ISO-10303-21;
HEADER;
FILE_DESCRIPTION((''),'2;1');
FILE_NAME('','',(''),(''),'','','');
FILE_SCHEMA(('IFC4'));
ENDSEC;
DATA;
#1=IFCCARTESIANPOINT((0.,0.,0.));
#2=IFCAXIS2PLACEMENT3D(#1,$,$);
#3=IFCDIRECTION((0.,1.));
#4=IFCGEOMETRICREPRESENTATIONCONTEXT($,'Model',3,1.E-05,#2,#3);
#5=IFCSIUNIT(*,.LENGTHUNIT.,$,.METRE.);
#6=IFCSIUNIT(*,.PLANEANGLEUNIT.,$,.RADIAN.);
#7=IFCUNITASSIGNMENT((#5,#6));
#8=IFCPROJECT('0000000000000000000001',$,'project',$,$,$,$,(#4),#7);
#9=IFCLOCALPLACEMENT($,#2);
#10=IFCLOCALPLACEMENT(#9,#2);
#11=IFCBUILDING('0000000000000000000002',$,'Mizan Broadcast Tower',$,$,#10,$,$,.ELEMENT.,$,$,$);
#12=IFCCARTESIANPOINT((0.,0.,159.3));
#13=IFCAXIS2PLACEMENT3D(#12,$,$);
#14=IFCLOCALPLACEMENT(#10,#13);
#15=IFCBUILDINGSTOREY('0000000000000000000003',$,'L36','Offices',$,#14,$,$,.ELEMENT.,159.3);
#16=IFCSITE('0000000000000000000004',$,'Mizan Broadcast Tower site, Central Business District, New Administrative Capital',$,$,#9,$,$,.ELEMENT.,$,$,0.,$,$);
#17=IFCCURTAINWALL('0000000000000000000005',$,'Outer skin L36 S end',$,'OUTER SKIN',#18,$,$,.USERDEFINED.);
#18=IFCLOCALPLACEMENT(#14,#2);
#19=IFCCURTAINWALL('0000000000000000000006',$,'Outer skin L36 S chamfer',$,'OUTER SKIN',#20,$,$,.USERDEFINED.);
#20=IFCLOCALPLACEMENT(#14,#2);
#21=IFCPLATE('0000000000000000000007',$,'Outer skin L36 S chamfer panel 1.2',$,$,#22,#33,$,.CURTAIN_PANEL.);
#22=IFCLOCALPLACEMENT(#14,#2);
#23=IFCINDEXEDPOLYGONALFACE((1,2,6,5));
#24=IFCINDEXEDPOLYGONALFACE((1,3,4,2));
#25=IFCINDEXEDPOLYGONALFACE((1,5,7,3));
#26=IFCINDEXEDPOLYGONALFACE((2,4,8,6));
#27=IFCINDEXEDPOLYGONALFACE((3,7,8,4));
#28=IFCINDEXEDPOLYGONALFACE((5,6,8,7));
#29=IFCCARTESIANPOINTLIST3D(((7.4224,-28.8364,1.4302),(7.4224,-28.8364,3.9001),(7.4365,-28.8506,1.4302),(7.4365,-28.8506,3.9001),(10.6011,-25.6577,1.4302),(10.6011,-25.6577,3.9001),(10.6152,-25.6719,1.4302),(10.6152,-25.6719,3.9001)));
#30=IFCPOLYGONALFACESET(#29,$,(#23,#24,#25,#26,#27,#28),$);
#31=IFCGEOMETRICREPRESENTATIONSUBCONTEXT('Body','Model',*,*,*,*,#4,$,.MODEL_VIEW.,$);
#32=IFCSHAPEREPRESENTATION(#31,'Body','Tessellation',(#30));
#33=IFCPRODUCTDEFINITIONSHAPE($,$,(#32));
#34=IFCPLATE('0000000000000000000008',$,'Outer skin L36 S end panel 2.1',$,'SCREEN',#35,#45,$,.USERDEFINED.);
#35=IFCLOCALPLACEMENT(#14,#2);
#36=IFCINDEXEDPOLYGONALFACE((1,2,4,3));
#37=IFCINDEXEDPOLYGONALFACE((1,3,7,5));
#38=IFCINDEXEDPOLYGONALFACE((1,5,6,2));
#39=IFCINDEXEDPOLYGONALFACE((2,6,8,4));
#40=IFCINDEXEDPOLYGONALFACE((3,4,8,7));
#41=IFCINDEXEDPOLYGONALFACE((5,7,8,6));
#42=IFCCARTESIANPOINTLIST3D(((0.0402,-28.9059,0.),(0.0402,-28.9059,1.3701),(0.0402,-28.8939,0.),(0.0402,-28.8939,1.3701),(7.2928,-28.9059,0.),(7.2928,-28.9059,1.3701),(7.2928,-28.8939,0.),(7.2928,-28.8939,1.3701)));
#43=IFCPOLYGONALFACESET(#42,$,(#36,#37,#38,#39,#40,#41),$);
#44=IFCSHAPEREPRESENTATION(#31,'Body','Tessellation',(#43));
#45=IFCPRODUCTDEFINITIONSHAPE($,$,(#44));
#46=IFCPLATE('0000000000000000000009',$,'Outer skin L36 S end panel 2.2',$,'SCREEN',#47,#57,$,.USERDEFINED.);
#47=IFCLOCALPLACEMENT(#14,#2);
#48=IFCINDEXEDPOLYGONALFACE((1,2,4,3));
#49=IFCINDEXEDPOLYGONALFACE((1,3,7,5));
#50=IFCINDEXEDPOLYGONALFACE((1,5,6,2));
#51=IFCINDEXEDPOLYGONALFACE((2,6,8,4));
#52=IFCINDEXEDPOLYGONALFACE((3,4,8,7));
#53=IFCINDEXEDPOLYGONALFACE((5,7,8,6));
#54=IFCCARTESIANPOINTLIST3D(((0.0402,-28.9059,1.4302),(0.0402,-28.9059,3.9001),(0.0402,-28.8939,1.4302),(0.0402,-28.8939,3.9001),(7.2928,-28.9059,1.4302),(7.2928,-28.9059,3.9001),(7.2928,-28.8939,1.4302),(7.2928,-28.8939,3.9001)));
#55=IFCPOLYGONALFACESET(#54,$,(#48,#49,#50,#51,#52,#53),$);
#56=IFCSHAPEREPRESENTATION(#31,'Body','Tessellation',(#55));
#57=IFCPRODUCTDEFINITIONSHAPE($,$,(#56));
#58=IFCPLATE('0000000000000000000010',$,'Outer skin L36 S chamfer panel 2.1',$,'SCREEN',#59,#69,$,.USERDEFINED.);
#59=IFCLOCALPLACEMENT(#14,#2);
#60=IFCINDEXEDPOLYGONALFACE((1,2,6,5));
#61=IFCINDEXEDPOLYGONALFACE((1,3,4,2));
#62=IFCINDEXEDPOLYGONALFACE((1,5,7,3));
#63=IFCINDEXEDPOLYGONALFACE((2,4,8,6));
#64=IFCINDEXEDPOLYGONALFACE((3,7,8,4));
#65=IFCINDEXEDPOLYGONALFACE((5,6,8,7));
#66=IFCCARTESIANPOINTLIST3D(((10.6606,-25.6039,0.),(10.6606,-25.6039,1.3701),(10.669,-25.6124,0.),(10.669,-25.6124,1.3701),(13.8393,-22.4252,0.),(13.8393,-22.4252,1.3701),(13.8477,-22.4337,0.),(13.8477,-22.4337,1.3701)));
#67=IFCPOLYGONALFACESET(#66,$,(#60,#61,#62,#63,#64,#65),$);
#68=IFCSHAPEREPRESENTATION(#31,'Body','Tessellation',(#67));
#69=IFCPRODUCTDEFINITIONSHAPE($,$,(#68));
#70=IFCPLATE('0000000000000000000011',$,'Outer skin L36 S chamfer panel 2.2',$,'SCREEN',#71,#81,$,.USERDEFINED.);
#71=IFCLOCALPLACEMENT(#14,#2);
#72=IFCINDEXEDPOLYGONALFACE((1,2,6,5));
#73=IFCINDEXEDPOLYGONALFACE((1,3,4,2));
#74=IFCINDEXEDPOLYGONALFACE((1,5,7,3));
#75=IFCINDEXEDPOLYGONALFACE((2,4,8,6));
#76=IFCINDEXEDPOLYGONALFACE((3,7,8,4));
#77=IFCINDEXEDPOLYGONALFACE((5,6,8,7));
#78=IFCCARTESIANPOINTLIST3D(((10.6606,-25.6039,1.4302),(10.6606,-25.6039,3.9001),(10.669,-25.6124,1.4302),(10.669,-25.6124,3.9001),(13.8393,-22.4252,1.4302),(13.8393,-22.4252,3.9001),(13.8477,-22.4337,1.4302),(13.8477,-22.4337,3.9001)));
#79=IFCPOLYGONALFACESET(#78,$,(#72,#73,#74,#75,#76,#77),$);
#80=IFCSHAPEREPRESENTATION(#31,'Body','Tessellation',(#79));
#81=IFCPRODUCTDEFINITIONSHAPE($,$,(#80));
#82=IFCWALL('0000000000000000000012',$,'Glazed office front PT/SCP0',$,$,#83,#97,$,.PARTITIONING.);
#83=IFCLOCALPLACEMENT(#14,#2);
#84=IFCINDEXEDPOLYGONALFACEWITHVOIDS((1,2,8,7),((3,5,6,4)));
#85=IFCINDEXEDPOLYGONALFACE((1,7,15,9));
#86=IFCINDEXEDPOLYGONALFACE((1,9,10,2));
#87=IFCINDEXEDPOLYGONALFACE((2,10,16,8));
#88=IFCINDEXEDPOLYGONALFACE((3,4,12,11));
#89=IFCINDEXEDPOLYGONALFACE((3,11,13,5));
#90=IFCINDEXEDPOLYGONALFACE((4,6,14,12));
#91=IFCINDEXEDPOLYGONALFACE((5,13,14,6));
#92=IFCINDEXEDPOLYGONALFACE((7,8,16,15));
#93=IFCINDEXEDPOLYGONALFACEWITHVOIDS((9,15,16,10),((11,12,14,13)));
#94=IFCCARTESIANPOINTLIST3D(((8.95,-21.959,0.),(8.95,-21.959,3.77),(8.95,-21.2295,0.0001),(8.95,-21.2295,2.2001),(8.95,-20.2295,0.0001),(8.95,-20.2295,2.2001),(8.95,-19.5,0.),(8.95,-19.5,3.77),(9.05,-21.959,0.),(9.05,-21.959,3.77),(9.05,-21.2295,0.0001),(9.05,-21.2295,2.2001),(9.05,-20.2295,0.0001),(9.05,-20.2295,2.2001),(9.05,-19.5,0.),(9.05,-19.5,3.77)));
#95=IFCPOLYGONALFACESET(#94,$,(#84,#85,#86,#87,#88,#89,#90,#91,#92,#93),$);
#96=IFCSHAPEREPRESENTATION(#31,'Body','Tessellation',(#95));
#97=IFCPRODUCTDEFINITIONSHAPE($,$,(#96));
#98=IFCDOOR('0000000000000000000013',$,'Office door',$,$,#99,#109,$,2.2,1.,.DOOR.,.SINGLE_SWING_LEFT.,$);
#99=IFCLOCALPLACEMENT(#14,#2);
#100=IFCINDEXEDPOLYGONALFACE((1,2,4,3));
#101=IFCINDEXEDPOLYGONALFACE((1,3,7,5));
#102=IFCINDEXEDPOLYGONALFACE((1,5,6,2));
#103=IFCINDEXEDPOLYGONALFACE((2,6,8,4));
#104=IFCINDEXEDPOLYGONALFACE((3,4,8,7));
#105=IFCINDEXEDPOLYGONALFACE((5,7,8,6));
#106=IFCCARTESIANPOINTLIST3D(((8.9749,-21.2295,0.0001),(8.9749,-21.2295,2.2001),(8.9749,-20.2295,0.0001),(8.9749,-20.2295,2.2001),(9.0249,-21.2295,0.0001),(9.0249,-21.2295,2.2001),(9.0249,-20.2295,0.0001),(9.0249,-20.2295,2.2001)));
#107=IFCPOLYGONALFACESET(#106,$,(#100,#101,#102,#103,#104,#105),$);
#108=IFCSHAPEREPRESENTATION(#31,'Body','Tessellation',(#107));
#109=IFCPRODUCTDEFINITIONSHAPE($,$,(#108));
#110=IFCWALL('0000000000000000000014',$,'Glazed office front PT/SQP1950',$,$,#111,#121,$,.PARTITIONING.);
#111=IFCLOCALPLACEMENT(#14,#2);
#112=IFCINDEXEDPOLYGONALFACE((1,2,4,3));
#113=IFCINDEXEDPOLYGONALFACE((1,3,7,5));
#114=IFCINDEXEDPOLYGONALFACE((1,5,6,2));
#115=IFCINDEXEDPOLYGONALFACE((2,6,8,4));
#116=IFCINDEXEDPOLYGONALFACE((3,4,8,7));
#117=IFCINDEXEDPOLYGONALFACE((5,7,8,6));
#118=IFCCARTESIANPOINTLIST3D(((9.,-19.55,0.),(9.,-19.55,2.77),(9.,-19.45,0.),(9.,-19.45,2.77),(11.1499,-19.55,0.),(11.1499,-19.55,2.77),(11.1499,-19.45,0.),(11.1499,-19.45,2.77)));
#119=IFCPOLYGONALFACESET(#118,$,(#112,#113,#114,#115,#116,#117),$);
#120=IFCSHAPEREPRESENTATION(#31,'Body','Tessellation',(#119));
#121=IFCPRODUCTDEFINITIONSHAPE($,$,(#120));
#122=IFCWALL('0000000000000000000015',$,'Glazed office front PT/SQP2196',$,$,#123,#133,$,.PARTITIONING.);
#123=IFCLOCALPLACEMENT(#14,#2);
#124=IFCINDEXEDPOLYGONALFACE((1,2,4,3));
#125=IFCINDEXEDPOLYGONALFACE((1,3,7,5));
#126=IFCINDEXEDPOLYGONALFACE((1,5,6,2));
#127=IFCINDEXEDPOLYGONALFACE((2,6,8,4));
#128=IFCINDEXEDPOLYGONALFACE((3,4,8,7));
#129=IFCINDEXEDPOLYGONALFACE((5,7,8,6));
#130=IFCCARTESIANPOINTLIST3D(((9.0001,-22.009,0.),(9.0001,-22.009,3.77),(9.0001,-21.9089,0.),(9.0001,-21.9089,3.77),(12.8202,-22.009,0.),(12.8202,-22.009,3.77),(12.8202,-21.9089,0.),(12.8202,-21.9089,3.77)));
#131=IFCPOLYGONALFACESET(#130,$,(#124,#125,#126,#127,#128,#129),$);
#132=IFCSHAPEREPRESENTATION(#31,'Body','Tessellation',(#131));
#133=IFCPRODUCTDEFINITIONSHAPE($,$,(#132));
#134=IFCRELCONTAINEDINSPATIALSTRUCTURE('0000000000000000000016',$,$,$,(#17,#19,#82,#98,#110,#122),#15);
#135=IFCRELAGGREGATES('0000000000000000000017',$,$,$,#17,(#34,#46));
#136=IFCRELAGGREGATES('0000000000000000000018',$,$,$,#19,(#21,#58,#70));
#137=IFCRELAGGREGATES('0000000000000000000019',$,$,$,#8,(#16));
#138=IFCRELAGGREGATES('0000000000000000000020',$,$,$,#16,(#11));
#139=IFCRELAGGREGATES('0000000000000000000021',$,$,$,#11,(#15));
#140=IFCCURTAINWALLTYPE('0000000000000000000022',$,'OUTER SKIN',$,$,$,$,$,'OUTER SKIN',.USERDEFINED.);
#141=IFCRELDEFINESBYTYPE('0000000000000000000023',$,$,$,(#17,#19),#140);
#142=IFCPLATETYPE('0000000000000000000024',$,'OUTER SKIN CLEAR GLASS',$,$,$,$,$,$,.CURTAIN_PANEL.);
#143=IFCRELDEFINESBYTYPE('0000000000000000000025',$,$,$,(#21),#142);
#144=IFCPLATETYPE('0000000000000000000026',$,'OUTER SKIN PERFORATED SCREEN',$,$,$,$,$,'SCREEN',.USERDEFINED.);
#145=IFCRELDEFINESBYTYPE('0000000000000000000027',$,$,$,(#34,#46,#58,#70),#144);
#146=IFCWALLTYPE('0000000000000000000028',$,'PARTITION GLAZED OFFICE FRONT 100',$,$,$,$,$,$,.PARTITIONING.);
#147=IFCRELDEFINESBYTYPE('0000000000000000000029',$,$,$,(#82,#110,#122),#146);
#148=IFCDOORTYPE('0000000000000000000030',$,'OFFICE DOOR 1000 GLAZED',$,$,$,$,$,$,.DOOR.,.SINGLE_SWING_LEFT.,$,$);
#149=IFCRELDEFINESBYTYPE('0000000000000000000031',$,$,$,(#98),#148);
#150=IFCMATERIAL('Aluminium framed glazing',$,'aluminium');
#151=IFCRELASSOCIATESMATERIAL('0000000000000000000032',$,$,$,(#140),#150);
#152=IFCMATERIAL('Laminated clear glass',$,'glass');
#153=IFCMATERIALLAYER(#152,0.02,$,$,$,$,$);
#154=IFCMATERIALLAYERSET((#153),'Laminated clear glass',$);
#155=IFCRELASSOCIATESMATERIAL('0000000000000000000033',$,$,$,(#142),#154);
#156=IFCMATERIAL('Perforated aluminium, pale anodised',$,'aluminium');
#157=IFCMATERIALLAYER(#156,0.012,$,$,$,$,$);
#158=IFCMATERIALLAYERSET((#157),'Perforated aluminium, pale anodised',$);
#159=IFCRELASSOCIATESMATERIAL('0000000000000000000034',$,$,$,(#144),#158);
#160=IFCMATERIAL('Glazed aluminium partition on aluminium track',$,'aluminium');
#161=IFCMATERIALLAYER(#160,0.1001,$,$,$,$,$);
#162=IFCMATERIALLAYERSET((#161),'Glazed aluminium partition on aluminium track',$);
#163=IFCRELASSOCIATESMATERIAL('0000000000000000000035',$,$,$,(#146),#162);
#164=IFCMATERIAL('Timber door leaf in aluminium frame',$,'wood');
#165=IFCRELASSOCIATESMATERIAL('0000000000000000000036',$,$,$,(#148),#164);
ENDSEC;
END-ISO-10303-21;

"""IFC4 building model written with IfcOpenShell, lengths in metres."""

from ifc_helpers import new_model, si_unit, direction, frame, frame_2d, origin, origin_2d, place, context, subcontext, project, spatial, rectangle, extrude, material, layer, layer_set, type_object, element, fill, aggregate, save


model = new_model("IFC4")

# Units and contexts
model_context = context("Model", 3, precision=1e-05, world=origin(), true_north=direction((0.0, 1.0)))
body_context = subcontext(model_context, "Body", "Model", "MODEL_VIEW")
ifc_project = project(units=[si_unit("LENGTHUNIT", "METRE"), si_unit("PLANEANGLEUNIT", "RADIAN")], contexts=[model_context])

# Site, building, storey
site_placement = place(None, origin())
site = spatial("IfcSite", under=ifc_project, at=site_placement, Name="Mizan Broadcast Tower site, Central Business District, New Administrative Capital", CompositionType="ELEMENT", RefElevation=0.0)
building_placement = place(site_placement, origin())
building = spatial("IfcBuilding", under=site, at=building_placement, Name="Mizan Broadcast Tower", CompositionType="ELEMENT")
storey_placement = place(building_placement, frame((0.0, 0.0, 159.3)))
storey = spatial("IfcBuildingStorey", under=building, at=storey_placement, Name="L36", Description="Offices", CompositionType="ELEMENT", Elevation=159.3)

# Curtain wall
ifc_material_1 = material(Name="Aluminium framed glazing", Category="aluminium")
curtain_wall_type_1 = type_object("IfcCurtainWallType", Name="OUTER SKIN", ElementType="OUTER SKIN", PredefinedType="USERDEFINED", material=ifc_material_1)
curtain_wall_1_placement = place(storey_placement, origin())
curtain_wall_1 = element("IfcCurtainWall", 1, at=curtain_wall_1_placement, inside=storey, type_object=curtain_wall_type_1, Name="Outer skin L36 S end", ObjectType="OUTER SKIN", PredefinedType="USERDEFINED")

# Curtain wall
curtain_wall_2_placement = place(storey_placement, origin())
curtain_wall_2 = element("IfcCurtainWall", 2, at=curtain_wall_2_placement, inside=storey, type_object=curtain_wall_type_1, Name="Outer skin L36 S chamfer", ObjectType="OUTER SKIN", PredefinedType="USERDEFINED")

# Plates
ifc_material_2 = material(Name="Laminated clear glass", Category="glass")
ifc_layer_1 = layer(ifc_material_2, 0.02)
ifc_layer_set_1 = layer_set([ifc_layer_1], Name="Laminated clear glass")
plate_type_1 = type_object("IfcPlateType", Name="OUTER SKIN CLEAR GLASS", PredefinedType="CURTAIN_PANEL", material=ifc_layer_set_1)
plate_1_placement = place(storey_placement, frame((9.0188, -27.2542, 1.4302), z_axis=(0.0, 0.0, 1.0), x_axis=(0.707107, 0.707107, 0.0)))
plate_1 = element("IfcPlate", 3, at=plate_1_placement, type_object=plate_type_1, Name="Outer skin L36 S chamfer panel 1.2", PredefinedType="CURTAIN_PANEL", context=body_context, shape_type="SweptSolid", body=[
    extrude(rectangle(XDim=4.4954, YDim=0.02, at=origin_2d()), origin(), (0.0, 0.0, 1.0), 2.47),
])
ifc_material_3 = material(Name="Perforated aluminium, pale anodised", Category="aluminium")
ifc_layer_2 = layer(ifc_material_3, 0.012)
ifc_layer_set_2 = layer_set([ifc_layer_2], Name="Perforated aluminium, pale anodised")
plate_type_2 = type_object("IfcPlateType", Name="OUTER SKIN PERFORATED SCREEN", ElementType="SCREEN", PredefinedType="USERDEFINED", material=ifc_layer_set_2)
plate_2_placement = place(storey_placement, frame((3.6665, -28.8999, 0.0), z_axis=(0.0, 0.0, 1.0), x_axis=(1.0, 0.0, 0.0)))
plate_2 = element("IfcPlate", 4, at=plate_2_placement, type_object=plate_type_2, Name="Outer skin L36 S end panel 2.1", ObjectType="SCREEN", PredefinedType="USERDEFINED", context=body_context, shape_type="SweptSolid", body=[
    extrude(rectangle(XDim=7.2527, YDim=0.012, at=origin_2d()), origin(), (0.0, 0.0, 1.0), 1.3701),
])
plate_3_placement = place(storey_placement, frame((3.6665, -28.8999, 1.4302), z_axis=(0.0, 0.0, 1.0), x_axis=(1.0, 0.0, 0.0)))
plate_3 = element("IfcPlate", 5, at=plate_3_placement, type_object=plate_type_2, Name="Outer skin L36 S end panel 2.2", ObjectType="SCREEN", PredefinedType="USERDEFINED", context=body_context, shape_type="SweptSolid", body=[
    extrude(rectangle(XDim=7.2527, YDim=0.012, at=origin_2d()), origin(), (0.0, 0.0, 1.0), 2.47),
])
aggregate(curtain_wall_1, [plate_2, plate_3])
plate_4_placement = place(storey_placement, frame((12.2542, -24.0188, 0.0), z_axis=(0.0, 0.0, 1.0), x_axis=(0.707107, 0.707107, 0.0)))
plate_4 = element("IfcPlate", 6, at=plate_4_placement, type_object=plate_type_2, Name="Outer skin L36 S chamfer panel 2.1", ObjectType="SCREEN", PredefinedType="USERDEFINED", context=body_context, shape_type="SweptSolid", body=[
    extrude(rectangle(XDim=4.4954, YDim=0.012, at=origin_2d()), origin(), (0.0, 0.0, 1.0), 1.3701),
])
plate_5_placement = place(storey_placement, frame((12.2542, -24.0188, 1.4302), z_axis=(0.0, 0.0, 1.0), x_axis=(0.707107, 0.707107, 0.0)))
plate_5 = element("IfcPlate", 7, at=plate_5_placement, type_object=plate_type_2, Name="Outer skin L36 S chamfer panel 2.2", ObjectType="SCREEN", PredefinedType="USERDEFINED", context=body_context, shape_type="SweptSolid", body=[
    extrude(rectangle(XDim=4.4954, YDim=0.012, at=origin_2d()), origin(), (0.0, 0.0, 1.0), 2.47),
])
aggregate(curtain_wall_2, [plate_1, plate_4, plate_5])

# Wall, opening, door
ifc_material_4 = material(Name="Glazed aluminium partition on aluminium track", Category="aluminium")
ifc_layer_3 = layer(ifc_material_4, 0.1001)
ifc_layer_set_3 = layer_set([ifc_layer_3], Name="Glazed aluminium partition on aluminium track")
wall_type = type_object("IfcWallType", Name="PARTITION GLAZED OFFICE FRONT 100", PredefinedType="PARTITIONING", material=ifc_layer_set_3)
wall_1_placement = place(storey_placement, frame((9.0, -19.5, 0.0), z_axis=(0.0, 0.0, 1.0), x_axis=(0.0, -1.0, 0.0)))
wall_1 = element("IfcWall", 8, at=wall_1_placement, inside=storey, type_object=wall_type, Name="Glazed office front PT/SCP0", PredefinedType="PARTITIONING", context=body_context, shape_type="SweptSolid", body=[
    extrude(rectangle(XDim=2.459, YDim=0.1001, at=frame_2d((1.2295, 0.0))), origin(), (0.0, 0.0, 1.0), 3.77),
])
opening_placement = place(wall_1_placement, frame((0.7295, 0.0, 0.0)))
opening = element("IfcOpeningElement", 9, at=opening_placement, cuts=wall_1, PredefinedType="OPENING", context=body_context, shape_type="SweptSolid", body=[
    extrude(rectangle(XDim=1.0, YDim=2.2, at=frame_2d((0.5, 1.1001))), frame((0.0, 0.0601, 0.0), z_axis=(0.0, -1.0, 0.0), x_axis=(1.0, 0.0, 0.0)), (0.0, 0.0, 1.0), 0.1201),
])
ifc_material_5 = material(Name="Timber door leaf in aluminium frame", Category="wood")
door_type = type_object("IfcDoorType", Name="OFFICE DOOR 1000 GLAZED", OperationType="SINGLE_SWING_LEFT", PredefinedType="DOOR", material=ifc_material_5)
door_placement = place(opening_placement, origin())
door = element("IfcDoor", 10, at=door_placement, inside=storey, type_object=door_type, Name="Office door", OperationType="SINGLE_SWING_LEFT", OverallHeight=2.2, OverallWidth=1.0, PredefinedType="DOOR", context=body_context, shape_type="SweptSolid", body=[
    extrude(rectangle(XDim=1.0, YDim=2.2, at=frame_2d((0.5, 1.1001))), frame((0.0, 0.0249, 0.0), z_axis=(0.0, -1.0, 0.0), x_axis=(1.0, 0.0, 0.0)), (0.0, 0.0, 1.0), 0.05),
])
fill(opening, door)

# Walls
wall_2_placement = place(storey_placement, frame((9.0, -19.5, 0.0), z_axis=(0.0, 0.0, 1.0), x_axis=(1.0, 0.0, 0.0)))
element("IfcWall", 11, at=wall_2_placement, inside=storey, type_object=wall_type, Name="Glazed office front PT/SQP1950", PredefinedType="PARTITIONING", context=body_context, shape_type="SweptSolid", body=[
    extrude(rectangle(XDim=2.1499, YDim=0.1001, at=frame_2d((1.075, 0.0))), origin(), (0.0, 0.0, 1.0), 2.77),
])
wall_3_placement = place(storey_placement, frame((9.0, -21.959, 0.0), z_axis=(0.0, 0.0, 1.0), x_axis=(1.0, 0.0, 0.0)))
element("IfcWall", 12, at=wall_3_placement, inside=storey, type_object=wall_type, Name="Glazed office front PT/SQP2196", PredefinedType="PARTITIONING", context=body_context, shape_type="SweptSolid", body=[
    extrude(rectangle(XDim=3.8201, YDim=0.1001, at=frame_2d((1.9102, 0.0))), origin(), (0.0, 0.0, 1.0), 3.77),
])

save(model, "model.ifc")
